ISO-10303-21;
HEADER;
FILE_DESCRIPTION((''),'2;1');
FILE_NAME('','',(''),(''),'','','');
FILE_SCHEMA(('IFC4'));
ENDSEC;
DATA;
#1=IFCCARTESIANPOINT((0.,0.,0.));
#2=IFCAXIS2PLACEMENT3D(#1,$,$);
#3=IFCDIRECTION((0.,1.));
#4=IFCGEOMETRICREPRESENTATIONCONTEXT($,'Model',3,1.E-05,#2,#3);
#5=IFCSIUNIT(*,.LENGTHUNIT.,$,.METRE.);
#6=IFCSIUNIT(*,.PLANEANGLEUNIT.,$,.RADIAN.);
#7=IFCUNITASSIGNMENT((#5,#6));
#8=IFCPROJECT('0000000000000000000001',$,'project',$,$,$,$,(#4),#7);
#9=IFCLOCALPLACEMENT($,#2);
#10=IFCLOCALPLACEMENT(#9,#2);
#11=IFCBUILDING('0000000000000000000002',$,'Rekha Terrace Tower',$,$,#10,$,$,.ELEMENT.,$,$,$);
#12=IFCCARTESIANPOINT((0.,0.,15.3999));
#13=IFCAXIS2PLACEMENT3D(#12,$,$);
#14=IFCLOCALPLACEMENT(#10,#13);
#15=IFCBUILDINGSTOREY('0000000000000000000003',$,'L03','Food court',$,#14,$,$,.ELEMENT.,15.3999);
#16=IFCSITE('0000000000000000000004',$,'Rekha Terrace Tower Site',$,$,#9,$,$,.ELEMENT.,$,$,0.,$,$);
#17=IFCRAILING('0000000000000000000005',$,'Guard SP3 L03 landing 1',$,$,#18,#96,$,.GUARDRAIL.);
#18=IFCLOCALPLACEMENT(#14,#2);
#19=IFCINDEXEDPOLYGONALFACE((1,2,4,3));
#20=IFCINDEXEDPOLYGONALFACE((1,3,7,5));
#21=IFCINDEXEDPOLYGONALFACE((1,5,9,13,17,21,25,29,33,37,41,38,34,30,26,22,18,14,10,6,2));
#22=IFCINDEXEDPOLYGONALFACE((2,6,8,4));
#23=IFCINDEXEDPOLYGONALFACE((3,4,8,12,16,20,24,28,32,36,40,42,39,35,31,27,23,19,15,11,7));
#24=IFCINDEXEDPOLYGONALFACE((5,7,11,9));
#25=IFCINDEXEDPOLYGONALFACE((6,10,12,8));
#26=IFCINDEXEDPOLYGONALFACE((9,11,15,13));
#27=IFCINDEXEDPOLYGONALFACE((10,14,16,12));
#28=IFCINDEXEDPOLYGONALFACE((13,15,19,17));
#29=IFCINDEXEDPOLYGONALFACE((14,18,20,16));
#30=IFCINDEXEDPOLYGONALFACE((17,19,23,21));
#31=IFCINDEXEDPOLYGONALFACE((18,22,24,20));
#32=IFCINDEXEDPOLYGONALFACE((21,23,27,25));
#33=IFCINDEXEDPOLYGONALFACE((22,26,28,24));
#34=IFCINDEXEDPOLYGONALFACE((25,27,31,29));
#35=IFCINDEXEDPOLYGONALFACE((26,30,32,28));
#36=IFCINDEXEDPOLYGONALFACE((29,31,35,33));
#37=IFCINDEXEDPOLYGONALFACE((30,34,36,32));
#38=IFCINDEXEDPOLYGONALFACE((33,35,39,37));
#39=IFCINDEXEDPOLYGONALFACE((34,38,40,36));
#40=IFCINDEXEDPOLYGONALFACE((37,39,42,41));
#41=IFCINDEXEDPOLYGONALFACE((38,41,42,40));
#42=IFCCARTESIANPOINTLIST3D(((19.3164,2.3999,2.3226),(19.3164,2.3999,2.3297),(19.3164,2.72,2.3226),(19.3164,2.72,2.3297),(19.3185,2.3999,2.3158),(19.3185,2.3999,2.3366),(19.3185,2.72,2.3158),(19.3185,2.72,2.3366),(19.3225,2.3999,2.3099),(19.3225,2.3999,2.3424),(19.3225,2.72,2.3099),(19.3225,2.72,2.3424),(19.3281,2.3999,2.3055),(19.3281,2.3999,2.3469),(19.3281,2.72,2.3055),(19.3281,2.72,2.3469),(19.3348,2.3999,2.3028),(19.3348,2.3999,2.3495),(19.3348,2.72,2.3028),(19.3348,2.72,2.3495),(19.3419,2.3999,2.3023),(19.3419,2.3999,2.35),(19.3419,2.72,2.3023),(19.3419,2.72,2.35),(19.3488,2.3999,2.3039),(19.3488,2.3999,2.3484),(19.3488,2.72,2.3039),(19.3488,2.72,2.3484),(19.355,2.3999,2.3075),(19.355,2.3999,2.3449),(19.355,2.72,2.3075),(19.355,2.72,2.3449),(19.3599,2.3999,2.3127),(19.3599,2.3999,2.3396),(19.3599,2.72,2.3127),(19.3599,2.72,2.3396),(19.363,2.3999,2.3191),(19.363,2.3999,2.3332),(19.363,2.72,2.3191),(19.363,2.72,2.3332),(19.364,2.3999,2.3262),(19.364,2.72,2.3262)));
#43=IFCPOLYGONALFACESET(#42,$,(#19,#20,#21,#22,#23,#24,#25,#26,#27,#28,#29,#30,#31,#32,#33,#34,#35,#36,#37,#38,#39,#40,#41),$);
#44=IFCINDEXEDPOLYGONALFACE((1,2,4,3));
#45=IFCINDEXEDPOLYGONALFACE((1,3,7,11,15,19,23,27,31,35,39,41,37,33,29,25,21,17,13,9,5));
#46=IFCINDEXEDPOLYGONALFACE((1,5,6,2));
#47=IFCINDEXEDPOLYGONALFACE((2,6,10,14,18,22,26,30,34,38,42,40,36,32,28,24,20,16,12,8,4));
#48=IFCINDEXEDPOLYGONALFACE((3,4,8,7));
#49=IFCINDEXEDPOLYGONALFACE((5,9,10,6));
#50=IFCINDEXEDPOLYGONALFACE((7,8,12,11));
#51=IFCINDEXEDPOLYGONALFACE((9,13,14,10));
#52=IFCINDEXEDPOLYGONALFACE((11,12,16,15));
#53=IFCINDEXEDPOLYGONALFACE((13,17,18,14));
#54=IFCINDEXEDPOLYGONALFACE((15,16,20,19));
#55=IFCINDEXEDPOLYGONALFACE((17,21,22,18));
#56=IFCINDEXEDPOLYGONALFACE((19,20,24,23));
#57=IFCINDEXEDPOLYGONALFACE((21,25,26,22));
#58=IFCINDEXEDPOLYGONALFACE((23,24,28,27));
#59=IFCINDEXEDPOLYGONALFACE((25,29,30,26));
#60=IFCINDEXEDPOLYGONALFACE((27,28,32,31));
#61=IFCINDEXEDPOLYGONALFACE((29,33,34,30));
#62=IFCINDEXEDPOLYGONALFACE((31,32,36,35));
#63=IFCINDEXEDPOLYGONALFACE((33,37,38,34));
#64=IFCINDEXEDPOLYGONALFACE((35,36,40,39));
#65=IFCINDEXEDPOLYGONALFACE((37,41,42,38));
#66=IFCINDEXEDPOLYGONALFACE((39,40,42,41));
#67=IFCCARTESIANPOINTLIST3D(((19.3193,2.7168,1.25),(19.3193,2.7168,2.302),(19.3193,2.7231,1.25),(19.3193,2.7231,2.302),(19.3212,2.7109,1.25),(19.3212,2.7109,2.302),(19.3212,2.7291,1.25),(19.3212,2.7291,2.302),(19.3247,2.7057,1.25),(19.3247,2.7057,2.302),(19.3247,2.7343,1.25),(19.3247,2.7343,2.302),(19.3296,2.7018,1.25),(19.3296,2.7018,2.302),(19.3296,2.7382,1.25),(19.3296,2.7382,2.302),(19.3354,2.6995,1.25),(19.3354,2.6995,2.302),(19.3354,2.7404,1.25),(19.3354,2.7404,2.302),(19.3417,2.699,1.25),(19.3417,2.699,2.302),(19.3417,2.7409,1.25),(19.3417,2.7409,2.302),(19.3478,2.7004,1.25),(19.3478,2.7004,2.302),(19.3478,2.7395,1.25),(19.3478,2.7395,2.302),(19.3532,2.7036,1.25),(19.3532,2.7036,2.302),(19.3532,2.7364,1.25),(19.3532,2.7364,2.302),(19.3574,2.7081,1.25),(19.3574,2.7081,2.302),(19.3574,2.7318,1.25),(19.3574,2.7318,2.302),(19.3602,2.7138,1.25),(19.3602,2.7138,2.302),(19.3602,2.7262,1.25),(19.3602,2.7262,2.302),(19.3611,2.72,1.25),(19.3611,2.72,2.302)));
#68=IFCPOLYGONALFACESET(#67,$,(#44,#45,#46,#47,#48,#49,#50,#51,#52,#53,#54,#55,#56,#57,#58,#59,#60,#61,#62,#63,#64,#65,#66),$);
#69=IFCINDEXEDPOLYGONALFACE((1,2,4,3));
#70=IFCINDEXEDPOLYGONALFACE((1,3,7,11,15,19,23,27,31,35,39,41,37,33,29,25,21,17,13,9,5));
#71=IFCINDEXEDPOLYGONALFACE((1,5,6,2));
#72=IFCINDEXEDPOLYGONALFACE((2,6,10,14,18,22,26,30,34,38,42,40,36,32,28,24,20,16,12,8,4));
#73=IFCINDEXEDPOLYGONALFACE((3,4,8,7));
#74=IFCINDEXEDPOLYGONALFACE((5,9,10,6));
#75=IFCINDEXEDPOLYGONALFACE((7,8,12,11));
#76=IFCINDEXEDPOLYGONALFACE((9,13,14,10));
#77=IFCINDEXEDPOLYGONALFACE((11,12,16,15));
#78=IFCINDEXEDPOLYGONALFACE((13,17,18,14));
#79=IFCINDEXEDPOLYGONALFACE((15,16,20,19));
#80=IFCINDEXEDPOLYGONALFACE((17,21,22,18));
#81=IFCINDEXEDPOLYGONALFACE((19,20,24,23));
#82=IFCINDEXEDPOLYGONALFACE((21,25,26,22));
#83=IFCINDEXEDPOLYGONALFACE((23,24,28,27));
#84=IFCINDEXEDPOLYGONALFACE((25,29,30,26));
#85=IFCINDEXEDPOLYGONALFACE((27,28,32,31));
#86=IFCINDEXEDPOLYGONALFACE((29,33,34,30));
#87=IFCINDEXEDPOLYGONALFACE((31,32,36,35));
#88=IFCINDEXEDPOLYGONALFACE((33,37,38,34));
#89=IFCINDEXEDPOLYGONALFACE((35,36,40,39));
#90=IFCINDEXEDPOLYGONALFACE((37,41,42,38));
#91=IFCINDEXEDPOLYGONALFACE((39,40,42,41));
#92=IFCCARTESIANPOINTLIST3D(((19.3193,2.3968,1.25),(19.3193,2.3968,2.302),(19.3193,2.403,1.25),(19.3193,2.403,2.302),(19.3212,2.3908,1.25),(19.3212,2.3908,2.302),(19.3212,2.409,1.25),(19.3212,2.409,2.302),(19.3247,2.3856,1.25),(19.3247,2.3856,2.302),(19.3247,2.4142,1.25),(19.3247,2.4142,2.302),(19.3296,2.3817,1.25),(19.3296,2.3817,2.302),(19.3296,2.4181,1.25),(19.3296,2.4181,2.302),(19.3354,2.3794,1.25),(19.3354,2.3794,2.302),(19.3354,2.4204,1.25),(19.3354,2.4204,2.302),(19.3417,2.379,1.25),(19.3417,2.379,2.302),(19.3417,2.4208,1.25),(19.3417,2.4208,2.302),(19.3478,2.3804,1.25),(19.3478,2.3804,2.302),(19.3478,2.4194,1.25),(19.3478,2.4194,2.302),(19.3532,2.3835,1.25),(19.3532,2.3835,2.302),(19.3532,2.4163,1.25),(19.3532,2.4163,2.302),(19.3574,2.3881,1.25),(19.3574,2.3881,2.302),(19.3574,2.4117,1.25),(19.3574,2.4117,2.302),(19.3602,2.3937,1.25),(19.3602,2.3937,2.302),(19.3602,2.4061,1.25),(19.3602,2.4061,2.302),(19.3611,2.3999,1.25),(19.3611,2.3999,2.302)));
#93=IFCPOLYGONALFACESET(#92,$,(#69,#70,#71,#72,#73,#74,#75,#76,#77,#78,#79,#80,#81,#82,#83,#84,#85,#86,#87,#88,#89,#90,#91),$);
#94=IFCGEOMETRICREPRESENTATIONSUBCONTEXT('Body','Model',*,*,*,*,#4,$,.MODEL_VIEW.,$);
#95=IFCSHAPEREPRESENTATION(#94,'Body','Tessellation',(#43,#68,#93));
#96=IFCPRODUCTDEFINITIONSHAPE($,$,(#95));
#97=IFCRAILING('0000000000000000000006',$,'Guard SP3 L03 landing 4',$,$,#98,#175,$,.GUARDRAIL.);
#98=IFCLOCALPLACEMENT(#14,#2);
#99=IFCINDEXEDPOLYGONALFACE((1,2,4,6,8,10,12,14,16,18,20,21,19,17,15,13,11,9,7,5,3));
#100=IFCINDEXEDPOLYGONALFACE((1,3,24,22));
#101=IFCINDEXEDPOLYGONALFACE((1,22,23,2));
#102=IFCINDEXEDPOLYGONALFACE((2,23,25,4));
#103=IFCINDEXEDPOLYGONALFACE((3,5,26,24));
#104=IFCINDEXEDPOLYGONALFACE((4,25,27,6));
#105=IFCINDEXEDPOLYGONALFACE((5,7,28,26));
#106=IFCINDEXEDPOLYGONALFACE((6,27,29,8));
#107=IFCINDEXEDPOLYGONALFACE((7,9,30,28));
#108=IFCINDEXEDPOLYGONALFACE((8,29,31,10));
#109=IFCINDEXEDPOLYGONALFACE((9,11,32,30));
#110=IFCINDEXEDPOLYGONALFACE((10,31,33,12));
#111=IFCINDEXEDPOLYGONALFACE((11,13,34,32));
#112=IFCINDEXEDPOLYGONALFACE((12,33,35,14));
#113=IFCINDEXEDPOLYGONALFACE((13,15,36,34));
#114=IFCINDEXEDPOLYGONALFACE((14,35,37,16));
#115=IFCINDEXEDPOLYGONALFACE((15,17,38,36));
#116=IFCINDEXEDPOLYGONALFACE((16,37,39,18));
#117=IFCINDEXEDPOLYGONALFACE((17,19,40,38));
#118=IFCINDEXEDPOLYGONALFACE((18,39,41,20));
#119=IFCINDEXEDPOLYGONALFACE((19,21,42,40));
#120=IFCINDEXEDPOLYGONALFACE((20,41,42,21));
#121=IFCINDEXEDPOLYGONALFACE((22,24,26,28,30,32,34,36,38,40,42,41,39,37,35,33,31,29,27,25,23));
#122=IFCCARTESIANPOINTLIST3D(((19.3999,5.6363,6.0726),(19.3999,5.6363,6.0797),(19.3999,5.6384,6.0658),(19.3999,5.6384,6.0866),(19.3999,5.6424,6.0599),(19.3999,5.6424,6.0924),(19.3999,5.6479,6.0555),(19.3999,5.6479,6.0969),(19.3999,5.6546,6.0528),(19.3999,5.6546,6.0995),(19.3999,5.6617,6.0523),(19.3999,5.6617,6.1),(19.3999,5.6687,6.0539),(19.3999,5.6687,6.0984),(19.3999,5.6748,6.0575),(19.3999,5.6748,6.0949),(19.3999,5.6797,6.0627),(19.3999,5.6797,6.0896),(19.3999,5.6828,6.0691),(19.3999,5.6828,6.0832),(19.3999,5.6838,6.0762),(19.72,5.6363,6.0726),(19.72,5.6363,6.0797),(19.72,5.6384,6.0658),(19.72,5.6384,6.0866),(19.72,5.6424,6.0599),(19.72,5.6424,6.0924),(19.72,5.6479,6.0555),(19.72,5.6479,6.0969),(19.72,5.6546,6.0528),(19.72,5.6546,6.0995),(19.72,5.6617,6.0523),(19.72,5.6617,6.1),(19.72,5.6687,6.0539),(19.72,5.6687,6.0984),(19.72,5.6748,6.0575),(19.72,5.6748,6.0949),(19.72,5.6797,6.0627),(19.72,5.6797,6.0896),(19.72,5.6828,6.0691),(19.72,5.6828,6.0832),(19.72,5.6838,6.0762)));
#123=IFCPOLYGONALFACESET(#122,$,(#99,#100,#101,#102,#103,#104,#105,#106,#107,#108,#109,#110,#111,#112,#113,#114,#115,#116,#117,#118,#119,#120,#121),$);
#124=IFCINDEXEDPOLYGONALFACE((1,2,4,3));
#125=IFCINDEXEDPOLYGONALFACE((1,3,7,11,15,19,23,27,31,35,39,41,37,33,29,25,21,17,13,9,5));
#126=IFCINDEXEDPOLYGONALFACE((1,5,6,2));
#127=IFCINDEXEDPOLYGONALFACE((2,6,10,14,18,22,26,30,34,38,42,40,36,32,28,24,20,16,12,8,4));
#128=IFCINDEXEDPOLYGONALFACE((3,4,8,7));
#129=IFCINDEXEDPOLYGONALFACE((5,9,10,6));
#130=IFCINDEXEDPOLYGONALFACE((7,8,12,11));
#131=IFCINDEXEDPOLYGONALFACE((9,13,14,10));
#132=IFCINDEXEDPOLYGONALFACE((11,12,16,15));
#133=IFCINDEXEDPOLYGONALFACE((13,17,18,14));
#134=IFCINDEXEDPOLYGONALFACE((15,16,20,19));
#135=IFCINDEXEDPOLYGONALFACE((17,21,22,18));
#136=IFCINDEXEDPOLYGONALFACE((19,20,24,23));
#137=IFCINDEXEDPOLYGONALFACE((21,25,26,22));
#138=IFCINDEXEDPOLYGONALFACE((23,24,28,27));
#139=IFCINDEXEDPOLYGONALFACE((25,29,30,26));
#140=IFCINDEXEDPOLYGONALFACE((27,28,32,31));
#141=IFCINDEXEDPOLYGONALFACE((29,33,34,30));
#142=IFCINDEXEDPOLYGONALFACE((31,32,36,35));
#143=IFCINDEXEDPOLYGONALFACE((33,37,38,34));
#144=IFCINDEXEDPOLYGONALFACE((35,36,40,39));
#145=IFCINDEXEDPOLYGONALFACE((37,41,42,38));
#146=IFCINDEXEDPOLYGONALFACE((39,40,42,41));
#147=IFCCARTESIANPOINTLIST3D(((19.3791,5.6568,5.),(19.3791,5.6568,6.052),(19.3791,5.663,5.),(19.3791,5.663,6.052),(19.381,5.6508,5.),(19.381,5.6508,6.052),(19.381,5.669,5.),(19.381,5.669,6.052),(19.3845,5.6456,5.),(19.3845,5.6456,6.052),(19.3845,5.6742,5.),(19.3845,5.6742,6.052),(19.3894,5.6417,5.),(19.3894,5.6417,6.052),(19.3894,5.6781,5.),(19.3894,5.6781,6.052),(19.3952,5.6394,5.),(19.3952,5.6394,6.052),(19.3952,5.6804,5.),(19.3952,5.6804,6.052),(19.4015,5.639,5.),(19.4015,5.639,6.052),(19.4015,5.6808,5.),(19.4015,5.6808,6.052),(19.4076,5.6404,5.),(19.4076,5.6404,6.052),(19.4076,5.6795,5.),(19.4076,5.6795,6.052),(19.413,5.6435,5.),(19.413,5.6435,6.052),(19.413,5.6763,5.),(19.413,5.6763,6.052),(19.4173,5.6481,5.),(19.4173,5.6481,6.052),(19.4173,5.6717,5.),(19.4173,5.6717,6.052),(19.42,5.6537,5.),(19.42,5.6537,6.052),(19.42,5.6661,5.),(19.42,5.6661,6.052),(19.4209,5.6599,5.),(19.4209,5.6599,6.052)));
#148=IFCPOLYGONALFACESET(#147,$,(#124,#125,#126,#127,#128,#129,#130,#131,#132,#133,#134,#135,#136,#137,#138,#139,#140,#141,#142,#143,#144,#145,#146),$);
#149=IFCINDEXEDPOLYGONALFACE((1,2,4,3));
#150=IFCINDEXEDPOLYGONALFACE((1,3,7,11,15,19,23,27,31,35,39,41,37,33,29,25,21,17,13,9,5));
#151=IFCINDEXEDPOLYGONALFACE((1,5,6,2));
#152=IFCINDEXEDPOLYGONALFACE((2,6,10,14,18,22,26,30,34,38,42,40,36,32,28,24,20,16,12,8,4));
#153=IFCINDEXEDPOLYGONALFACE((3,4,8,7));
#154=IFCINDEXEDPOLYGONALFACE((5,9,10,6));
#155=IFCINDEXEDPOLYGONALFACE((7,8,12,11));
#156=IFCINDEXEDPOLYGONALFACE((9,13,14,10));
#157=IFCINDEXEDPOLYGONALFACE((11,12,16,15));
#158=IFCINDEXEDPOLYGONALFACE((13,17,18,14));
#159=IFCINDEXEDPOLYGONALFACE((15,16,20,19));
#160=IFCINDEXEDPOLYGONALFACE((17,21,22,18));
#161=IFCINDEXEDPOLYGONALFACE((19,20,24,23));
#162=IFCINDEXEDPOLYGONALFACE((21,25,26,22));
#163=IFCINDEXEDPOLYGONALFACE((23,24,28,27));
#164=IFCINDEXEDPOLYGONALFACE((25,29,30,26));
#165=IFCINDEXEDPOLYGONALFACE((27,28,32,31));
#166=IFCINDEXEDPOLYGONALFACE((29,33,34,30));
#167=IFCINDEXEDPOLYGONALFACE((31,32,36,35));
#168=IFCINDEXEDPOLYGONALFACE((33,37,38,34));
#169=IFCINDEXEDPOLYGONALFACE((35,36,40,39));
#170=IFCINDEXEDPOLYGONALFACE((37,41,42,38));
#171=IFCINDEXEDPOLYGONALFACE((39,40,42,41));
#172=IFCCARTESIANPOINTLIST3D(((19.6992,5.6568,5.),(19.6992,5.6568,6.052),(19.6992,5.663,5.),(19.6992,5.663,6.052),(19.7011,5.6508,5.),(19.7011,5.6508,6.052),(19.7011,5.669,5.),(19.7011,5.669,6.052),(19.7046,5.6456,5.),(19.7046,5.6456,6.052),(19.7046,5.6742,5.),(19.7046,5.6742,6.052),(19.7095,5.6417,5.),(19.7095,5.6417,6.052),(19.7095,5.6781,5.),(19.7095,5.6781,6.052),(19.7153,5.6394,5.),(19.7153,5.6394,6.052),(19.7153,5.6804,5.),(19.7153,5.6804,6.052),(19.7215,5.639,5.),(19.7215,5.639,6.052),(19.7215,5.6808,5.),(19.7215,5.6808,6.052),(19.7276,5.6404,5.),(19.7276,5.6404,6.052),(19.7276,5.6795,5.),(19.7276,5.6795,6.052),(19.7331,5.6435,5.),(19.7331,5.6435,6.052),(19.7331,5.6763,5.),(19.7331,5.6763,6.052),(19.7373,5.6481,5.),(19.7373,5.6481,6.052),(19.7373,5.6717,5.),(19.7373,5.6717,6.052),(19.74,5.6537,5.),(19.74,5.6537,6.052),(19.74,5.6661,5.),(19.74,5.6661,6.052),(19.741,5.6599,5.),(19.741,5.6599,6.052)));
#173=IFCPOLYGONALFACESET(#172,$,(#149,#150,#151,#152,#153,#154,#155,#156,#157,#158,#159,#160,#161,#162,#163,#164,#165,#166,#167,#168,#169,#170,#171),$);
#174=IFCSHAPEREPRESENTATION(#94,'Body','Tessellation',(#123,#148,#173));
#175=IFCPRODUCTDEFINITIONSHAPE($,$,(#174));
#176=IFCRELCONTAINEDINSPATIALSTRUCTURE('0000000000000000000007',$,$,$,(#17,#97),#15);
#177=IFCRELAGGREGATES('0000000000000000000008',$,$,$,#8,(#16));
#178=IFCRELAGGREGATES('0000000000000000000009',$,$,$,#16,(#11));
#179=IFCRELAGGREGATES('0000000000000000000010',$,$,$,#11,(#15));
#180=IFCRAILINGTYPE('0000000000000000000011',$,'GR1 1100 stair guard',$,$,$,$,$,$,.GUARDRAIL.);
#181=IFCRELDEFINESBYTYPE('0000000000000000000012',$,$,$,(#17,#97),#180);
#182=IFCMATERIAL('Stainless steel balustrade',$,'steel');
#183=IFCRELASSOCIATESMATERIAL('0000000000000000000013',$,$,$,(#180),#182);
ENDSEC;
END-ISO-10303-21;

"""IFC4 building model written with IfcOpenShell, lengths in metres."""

from ifc_helpers import new_model, si_unit, direction, frame, origin, origin_2d, place, context, subcontext, project, spatial, circle, extrude, material, type_object, element, save


model = new_model("IFC4")

# Units and contexts
model_context = context("Model", 3, precision=1e-05, world=origin(), true_north=direction((0.0, 1.0)))
body_context = subcontext(model_context, "Body", "Model", "MODEL_VIEW")
ifc_project = project(units=[si_unit("LENGTHUNIT", "METRE"), si_unit("PLANEANGLEUNIT", "RADIAN")], contexts=[model_context])

# Site, building, storey
site_placement = place(None, origin())
site = spatial("IfcSite", under=ifc_project, at=site_placement, Name="Rekha Terrace Tower Site", CompositionType="ELEMENT", RefElevation=0.0)
building_placement = place(site_placement, origin())
building = spatial("IfcBuilding", under=site, at=building_placement, Name="Rekha Terrace Tower", CompositionType="ELEMENT")
storey_placement = place(building_placement, frame((0.0, 0.0, 15.3999)))
storey = spatial("IfcBuildingStorey", under=building, at=storey_placement, Name="L03", Description="Food court", CompositionType="ELEMENT", Elevation=15.3999)

# Railings
ifc_material_1 = material(Name="Stainless steel balustrade", Category="steel")
railing_type_1 = type_object("IfcRailingType", Name="GR1 1100 stair guard", PredefinedType="GUARDRAIL", material=ifc_material_1)
railing_1_placement = place(storey_placement, frame((19.3401, 2.72, 1.25)))
element("IfcRailing", 1, at=railing_1_placement, inside=storey, type_object=railing_type_1, Name="Guard SP3 L03 landing 1", PredefinedType="GUARDRAIL", context=body_context, shape_type="SweptSolid", body=[
    extrude(circle(Radius=0.0239, at=origin_2d()), frame((0.0, 0.0, 1.0762), z_axis=(0.0, -1.0, 0.0), x_axis=(1.0, 0.0, 0.0)), (0.0, 0.0, 1.0), 0.3201),
    extrude(circle(Radius=0.021, at=origin_2d()), origin(), (0.0, 0.0, 1.0), 1.052),
    extrude(circle(Radius=0.021, at=origin_2d()), frame((0.0, -0.3201, 0.0)), (0.0, 0.0, 1.0), 1.052),
])
railing_2_placement = place(storey_placement, frame((19.3999, 5.6599, 5.0)))
element("IfcRailing", 2, at=railing_2_placement, inside=storey, type_object=railing_type_1, Name="Guard SP3 L03 landing 4", PredefinedType="GUARDRAIL", context=body_context, shape_type="SweptSolid", body=[
    extrude(circle(Radius=0.0239, at=origin_2d()), frame((0.0, 0.0, 1.0762), z_axis=(1.0, 0.0, 0.0), x_axis=(0.0, 1.0, 0.0)), (0.0, 0.0, 1.0), 0.3201),
    extrude(circle(Radius=0.021, at=origin_2d()), origin(), (0.0, 0.0, 1.0), 1.052),
    extrude(circle(Radius=0.021, at=origin_2d()), frame((0.3201, 0.0, 0.0)), (0.0, 0.0, 1.0), 1.052),
])

save(model, "model.ifc")
